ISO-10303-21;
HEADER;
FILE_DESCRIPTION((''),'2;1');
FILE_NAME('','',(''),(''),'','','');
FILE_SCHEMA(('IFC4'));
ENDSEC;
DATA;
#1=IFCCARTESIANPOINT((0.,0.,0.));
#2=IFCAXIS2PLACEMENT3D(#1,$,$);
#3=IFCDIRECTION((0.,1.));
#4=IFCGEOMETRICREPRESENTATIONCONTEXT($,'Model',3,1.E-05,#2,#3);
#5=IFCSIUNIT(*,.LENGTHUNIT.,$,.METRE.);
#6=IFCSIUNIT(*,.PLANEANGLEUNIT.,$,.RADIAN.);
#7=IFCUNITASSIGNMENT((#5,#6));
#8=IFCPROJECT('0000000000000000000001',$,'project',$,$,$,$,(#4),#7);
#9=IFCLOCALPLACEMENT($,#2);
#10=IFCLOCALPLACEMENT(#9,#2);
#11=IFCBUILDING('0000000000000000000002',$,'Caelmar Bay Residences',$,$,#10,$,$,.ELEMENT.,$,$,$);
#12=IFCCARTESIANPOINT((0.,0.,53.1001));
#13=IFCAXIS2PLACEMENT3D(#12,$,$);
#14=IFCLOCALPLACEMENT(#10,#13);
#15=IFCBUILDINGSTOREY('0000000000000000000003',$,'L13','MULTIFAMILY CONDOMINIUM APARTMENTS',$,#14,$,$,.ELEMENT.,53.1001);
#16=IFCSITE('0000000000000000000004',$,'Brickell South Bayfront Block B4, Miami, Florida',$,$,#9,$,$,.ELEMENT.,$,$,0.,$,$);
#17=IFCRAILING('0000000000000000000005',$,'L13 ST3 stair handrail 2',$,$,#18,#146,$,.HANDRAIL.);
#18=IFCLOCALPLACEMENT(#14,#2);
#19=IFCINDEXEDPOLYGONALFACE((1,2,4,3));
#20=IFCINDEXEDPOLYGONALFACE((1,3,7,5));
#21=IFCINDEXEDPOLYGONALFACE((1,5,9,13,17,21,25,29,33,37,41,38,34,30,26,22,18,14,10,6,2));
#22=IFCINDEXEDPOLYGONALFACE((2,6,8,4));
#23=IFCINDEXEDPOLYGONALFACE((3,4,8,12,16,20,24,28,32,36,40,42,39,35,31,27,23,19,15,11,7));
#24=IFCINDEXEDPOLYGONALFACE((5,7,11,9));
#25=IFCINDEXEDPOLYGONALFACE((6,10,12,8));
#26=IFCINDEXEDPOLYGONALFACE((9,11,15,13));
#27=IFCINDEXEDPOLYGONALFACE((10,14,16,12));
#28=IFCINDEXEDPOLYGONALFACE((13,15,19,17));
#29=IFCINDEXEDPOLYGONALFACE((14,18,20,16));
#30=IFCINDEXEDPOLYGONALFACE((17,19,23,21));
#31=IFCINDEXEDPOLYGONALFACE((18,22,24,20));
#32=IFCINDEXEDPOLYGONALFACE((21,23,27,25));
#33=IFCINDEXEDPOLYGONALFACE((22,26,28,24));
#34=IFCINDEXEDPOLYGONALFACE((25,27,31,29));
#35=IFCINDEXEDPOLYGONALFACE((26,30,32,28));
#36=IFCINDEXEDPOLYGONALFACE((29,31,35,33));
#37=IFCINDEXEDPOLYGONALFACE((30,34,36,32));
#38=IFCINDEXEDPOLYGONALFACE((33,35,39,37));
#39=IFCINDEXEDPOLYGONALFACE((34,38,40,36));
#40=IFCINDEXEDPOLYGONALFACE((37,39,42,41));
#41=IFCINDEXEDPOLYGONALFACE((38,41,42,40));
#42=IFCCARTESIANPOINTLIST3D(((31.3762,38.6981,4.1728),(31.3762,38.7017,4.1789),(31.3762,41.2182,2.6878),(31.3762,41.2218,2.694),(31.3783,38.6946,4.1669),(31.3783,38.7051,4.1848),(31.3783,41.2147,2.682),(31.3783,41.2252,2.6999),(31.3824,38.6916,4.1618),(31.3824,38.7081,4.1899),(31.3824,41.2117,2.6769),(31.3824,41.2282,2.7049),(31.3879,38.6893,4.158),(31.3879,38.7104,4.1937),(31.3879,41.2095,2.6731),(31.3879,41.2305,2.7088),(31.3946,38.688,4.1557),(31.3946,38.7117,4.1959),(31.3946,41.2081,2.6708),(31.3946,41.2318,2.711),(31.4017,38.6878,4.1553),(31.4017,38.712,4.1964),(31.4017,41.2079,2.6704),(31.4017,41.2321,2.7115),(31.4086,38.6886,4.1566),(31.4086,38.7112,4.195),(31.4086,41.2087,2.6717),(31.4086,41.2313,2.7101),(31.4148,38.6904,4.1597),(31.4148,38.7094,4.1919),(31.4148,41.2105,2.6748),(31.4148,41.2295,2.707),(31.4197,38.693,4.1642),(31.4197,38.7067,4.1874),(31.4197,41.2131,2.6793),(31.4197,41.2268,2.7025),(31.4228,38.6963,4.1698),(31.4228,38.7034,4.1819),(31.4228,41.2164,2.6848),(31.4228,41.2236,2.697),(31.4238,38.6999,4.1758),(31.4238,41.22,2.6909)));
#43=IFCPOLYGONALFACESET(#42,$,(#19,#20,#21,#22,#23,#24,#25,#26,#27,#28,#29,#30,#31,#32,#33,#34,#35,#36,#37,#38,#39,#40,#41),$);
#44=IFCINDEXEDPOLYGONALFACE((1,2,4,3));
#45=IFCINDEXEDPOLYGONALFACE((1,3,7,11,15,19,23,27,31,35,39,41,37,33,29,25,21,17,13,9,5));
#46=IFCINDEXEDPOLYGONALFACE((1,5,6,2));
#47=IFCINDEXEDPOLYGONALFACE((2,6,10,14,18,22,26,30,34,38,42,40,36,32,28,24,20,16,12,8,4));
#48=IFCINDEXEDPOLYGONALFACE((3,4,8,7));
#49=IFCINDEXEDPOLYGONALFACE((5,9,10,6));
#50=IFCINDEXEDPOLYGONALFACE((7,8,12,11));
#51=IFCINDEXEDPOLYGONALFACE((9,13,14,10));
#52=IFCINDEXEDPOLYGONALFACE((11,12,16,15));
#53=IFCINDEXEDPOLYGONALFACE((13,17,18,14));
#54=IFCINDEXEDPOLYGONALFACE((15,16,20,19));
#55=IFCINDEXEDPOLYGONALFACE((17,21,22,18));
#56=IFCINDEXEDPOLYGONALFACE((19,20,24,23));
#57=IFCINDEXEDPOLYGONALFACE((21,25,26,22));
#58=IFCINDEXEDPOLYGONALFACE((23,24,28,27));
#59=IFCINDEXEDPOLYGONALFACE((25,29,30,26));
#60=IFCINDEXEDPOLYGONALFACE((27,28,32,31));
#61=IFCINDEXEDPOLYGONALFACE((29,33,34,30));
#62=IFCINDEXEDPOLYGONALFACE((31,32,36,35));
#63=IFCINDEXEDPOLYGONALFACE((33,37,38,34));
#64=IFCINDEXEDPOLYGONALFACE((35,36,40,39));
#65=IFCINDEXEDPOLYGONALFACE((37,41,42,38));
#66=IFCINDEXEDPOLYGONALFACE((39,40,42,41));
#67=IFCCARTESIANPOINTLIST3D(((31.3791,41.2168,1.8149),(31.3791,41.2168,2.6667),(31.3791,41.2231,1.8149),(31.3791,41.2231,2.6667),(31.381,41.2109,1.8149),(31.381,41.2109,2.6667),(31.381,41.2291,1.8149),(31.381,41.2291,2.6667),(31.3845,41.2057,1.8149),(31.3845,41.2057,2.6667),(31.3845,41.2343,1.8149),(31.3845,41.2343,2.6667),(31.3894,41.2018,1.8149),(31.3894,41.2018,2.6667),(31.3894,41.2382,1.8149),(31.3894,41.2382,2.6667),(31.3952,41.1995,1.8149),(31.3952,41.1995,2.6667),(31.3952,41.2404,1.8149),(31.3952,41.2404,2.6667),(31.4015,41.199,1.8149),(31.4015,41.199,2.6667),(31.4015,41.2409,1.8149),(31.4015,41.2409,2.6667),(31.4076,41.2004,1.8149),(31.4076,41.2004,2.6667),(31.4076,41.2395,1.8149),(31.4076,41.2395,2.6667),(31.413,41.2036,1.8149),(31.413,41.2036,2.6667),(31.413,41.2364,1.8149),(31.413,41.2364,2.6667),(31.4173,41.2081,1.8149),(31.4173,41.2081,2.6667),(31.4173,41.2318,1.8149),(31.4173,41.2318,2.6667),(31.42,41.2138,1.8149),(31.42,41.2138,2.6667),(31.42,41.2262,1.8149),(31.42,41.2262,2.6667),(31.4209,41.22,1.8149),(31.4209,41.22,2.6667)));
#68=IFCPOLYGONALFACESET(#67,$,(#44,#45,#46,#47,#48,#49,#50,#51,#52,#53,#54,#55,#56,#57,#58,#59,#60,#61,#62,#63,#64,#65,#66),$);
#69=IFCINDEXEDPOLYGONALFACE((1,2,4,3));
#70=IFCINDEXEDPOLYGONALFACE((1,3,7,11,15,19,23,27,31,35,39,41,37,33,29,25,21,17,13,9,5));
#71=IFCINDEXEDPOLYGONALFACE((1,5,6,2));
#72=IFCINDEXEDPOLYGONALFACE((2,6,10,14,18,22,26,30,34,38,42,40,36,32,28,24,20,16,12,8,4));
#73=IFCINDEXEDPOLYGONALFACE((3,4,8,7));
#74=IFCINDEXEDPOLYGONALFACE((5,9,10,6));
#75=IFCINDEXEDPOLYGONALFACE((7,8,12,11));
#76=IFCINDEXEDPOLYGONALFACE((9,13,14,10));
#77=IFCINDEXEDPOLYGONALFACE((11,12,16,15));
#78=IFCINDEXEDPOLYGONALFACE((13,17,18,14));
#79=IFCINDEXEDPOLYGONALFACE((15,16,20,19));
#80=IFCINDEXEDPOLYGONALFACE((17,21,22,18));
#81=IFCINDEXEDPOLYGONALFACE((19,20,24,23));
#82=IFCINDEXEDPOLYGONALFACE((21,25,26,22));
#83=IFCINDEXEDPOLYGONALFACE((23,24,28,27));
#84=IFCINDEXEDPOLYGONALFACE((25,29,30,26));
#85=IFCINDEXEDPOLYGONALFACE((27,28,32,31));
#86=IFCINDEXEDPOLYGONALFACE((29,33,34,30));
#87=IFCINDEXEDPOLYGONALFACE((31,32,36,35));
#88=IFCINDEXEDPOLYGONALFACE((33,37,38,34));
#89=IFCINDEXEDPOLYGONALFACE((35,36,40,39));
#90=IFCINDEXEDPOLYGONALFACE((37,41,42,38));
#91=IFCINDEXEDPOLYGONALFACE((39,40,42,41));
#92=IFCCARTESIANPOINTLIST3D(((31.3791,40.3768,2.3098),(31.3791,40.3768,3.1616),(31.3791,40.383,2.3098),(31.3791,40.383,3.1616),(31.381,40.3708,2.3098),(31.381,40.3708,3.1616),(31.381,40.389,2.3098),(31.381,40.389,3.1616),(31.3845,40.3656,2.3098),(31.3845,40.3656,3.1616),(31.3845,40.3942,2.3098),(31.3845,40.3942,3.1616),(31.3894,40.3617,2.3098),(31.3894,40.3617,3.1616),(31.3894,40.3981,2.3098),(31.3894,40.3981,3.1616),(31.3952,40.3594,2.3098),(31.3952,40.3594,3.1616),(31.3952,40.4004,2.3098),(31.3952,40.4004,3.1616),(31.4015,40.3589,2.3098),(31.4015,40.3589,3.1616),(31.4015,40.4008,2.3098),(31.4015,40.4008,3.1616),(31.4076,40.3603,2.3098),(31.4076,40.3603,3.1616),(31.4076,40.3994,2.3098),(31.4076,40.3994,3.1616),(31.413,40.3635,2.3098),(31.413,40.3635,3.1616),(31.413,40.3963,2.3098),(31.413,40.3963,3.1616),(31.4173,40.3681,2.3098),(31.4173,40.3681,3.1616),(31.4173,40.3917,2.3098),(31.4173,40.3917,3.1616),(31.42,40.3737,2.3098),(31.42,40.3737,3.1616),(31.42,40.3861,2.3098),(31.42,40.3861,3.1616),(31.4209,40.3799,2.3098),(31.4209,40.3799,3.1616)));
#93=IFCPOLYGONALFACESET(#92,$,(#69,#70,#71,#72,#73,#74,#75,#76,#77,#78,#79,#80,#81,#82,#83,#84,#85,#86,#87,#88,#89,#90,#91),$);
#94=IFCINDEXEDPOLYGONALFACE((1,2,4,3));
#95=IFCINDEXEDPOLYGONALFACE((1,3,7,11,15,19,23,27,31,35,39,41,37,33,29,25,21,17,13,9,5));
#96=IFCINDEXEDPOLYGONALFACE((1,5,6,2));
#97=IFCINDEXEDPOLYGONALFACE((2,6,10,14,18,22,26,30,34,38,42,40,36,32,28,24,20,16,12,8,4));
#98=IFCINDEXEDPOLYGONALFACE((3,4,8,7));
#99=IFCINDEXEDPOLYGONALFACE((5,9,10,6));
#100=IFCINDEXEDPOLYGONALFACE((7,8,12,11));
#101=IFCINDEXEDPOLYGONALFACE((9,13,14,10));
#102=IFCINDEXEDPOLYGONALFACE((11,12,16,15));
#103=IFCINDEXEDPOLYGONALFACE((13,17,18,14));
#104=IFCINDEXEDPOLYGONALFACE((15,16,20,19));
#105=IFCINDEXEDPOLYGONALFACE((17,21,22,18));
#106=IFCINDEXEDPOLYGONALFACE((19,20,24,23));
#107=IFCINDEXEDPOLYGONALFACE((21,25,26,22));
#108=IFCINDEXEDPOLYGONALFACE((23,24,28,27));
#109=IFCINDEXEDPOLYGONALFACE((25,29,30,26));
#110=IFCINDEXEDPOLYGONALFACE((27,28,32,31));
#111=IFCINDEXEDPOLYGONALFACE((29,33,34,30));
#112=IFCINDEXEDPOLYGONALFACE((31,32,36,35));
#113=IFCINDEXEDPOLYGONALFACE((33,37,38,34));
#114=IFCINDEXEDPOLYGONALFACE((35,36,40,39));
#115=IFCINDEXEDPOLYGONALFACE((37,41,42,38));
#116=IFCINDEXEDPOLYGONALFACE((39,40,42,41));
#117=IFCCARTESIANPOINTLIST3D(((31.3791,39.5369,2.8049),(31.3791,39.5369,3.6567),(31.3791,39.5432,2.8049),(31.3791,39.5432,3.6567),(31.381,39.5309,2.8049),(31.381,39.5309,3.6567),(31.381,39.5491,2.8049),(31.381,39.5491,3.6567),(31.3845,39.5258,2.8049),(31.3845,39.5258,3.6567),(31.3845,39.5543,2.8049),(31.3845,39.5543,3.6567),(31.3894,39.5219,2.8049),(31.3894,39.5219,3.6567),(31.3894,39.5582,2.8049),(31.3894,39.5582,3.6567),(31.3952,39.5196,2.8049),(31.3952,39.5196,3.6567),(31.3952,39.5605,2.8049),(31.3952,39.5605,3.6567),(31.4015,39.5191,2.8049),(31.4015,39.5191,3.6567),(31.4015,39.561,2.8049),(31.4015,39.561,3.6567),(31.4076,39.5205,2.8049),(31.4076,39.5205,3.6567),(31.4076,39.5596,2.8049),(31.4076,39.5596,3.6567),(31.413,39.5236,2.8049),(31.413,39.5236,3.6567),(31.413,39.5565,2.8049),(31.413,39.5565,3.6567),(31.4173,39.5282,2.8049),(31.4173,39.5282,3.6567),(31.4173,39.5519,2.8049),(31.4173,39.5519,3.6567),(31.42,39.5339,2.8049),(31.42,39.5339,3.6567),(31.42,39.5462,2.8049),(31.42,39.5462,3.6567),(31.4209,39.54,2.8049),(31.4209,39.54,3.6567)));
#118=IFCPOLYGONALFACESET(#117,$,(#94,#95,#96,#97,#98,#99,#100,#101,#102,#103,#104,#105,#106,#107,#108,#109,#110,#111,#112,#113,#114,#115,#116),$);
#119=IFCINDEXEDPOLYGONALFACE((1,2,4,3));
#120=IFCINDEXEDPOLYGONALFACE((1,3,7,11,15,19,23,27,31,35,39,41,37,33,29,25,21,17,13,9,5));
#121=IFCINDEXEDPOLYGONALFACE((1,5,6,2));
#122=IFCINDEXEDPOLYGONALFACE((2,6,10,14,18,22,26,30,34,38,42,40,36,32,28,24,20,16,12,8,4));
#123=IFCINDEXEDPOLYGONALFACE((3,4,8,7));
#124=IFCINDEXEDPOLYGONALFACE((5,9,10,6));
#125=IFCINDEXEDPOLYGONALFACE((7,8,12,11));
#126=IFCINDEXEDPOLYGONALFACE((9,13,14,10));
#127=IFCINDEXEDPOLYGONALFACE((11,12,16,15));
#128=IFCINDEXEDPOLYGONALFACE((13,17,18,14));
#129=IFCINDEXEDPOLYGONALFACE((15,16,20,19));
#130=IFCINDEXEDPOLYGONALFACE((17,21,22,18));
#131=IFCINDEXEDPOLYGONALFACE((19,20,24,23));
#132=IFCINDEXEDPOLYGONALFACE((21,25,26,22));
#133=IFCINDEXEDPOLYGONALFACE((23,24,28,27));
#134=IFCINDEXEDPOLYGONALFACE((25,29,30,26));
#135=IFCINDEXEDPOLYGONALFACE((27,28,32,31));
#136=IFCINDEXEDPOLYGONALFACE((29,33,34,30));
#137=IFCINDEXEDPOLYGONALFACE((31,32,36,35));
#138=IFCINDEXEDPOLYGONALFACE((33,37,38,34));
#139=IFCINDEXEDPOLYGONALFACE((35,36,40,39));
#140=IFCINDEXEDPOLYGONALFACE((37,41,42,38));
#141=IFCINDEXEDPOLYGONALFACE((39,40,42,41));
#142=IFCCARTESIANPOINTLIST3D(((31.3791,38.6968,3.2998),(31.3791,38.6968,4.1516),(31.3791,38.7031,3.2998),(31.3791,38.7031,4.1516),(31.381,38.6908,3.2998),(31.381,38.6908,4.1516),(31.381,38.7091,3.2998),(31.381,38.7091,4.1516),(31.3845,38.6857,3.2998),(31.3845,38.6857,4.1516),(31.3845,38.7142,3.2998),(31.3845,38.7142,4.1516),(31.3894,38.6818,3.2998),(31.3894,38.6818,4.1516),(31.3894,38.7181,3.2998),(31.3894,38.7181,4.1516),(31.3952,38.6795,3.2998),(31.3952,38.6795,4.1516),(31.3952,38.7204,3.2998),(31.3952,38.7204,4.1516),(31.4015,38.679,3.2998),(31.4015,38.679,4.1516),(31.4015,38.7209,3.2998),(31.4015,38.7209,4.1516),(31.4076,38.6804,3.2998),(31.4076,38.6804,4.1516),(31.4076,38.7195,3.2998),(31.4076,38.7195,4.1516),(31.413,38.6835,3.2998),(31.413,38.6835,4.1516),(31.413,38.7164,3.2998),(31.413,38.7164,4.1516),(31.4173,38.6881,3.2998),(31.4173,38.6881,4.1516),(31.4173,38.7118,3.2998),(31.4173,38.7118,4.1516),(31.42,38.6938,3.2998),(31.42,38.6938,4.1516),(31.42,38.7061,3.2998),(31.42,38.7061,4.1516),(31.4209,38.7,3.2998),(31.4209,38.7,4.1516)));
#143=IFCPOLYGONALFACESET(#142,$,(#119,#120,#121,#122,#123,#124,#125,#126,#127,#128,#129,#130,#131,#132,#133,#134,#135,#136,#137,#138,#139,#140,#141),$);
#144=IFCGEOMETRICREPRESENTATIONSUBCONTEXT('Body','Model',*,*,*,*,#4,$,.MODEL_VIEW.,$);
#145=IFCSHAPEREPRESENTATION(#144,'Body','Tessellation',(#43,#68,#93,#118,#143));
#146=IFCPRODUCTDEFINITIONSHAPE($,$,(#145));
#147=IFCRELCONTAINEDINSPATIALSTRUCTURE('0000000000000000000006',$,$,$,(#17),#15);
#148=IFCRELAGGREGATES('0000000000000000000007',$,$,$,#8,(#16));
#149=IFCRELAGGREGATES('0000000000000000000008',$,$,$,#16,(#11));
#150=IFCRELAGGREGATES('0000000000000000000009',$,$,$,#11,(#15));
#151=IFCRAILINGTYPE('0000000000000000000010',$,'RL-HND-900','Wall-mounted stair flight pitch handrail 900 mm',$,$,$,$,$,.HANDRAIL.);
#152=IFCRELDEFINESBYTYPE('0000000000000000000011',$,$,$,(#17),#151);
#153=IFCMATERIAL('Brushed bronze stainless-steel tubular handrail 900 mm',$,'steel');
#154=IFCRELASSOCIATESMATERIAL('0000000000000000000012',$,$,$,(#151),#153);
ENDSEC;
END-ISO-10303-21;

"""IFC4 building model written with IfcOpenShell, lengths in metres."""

from ifc_helpers import new_model, si_unit, direction, frame, origin, origin_2d, place, context, subcontext, project, spatial, circle, extrude, material, type_object, element, save


model = new_model("IFC4")

# Units and contexts
model_context = context("Model", 3, precision=1e-05, world=origin(), true_north=direction((0.0, 1.0)))
body_context = subcontext(model_context, "Body", "Model", "MODEL_VIEW")
ifc_project = project(units=[si_unit("LENGTHUNIT", "METRE"), si_unit("PLANEANGLEUNIT", "RADIAN")], contexts=[model_context])

# Site, building, storey
site_placement = place(None, origin())
site = spatial("IfcSite", under=ifc_project, at=site_placement, Name="Brickell South Bayfront Block B4, Miami, Florida", CompositionType="ELEMENT", RefElevation=0.0)
building_placement = place(site_placement, origin())
building = spatial("IfcBuilding", under=site, at=building_placement, Name="Caelmar Bay Residences", CompositionType="ELEMENT")
storey_placement = place(building_placement, frame((0.0, 0.0, 53.1001)))
storey = spatial("IfcBuildingStorey", under=building, at=storey_placement, Name="L13", Description="MULTIFAMILY CONDOMINIUM APARTMENTS", CompositionType="ELEMENT", Elevation=53.1001)

# Railing
ifc_material_1 = material(Name="Brushed bronze stainless-steel tubular handrail 900 mm", Category="steel")
railing_type_1 = type_object("IfcRailingType", Name="RL-HND-900", Description="Wall-mounted stair flight pitch handrail 900 mm", PredefinedType="HANDRAIL", material=ifc_material_1)
railing_1_placement = place(storey_placement, frame((31.3999, 41.22, 1.8149)))
element("IfcRailing", 1, at=railing_1_placement, inside=storey, type_object=railing_type_1, Name="L13 ST3 stair handrail 2", PredefinedType="HANDRAIL", context=body_context, shape_type="SweptSolid", body=[
    extrude(circle(Radius=0.0239, at=origin_2d()), frame((0.0, 0.0, 0.876), z_axis=(0.0, -0.861561, 0.507655), x_axis=(1.0, 0.0, 0.0)), (0.0, 0.0, 1.0), 2.925),
    extrude(circle(Radius=0.021, at=origin_2d()), origin(), (0.0, 0.0, 1.0), 0.8518),
    extrude(circle(Radius=0.021, at=origin_2d()), frame((0.0, -0.8401, 0.4949)), (0.0, 0.0, 1.0), 0.8518),
    extrude(circle(Radius=0.021, at=origin_2d()), frame((0.0, -1.6799, 0.99)), (0.0, 0.0, 1.0), 0.8518),
    extrude(circle(Radius=0.021, at=origin_2d()), frame((0.0, -2.52, 1.4849)), (0.0, 0.0, 1.0), 0.8518),
])

save(model, "model.ifc")
